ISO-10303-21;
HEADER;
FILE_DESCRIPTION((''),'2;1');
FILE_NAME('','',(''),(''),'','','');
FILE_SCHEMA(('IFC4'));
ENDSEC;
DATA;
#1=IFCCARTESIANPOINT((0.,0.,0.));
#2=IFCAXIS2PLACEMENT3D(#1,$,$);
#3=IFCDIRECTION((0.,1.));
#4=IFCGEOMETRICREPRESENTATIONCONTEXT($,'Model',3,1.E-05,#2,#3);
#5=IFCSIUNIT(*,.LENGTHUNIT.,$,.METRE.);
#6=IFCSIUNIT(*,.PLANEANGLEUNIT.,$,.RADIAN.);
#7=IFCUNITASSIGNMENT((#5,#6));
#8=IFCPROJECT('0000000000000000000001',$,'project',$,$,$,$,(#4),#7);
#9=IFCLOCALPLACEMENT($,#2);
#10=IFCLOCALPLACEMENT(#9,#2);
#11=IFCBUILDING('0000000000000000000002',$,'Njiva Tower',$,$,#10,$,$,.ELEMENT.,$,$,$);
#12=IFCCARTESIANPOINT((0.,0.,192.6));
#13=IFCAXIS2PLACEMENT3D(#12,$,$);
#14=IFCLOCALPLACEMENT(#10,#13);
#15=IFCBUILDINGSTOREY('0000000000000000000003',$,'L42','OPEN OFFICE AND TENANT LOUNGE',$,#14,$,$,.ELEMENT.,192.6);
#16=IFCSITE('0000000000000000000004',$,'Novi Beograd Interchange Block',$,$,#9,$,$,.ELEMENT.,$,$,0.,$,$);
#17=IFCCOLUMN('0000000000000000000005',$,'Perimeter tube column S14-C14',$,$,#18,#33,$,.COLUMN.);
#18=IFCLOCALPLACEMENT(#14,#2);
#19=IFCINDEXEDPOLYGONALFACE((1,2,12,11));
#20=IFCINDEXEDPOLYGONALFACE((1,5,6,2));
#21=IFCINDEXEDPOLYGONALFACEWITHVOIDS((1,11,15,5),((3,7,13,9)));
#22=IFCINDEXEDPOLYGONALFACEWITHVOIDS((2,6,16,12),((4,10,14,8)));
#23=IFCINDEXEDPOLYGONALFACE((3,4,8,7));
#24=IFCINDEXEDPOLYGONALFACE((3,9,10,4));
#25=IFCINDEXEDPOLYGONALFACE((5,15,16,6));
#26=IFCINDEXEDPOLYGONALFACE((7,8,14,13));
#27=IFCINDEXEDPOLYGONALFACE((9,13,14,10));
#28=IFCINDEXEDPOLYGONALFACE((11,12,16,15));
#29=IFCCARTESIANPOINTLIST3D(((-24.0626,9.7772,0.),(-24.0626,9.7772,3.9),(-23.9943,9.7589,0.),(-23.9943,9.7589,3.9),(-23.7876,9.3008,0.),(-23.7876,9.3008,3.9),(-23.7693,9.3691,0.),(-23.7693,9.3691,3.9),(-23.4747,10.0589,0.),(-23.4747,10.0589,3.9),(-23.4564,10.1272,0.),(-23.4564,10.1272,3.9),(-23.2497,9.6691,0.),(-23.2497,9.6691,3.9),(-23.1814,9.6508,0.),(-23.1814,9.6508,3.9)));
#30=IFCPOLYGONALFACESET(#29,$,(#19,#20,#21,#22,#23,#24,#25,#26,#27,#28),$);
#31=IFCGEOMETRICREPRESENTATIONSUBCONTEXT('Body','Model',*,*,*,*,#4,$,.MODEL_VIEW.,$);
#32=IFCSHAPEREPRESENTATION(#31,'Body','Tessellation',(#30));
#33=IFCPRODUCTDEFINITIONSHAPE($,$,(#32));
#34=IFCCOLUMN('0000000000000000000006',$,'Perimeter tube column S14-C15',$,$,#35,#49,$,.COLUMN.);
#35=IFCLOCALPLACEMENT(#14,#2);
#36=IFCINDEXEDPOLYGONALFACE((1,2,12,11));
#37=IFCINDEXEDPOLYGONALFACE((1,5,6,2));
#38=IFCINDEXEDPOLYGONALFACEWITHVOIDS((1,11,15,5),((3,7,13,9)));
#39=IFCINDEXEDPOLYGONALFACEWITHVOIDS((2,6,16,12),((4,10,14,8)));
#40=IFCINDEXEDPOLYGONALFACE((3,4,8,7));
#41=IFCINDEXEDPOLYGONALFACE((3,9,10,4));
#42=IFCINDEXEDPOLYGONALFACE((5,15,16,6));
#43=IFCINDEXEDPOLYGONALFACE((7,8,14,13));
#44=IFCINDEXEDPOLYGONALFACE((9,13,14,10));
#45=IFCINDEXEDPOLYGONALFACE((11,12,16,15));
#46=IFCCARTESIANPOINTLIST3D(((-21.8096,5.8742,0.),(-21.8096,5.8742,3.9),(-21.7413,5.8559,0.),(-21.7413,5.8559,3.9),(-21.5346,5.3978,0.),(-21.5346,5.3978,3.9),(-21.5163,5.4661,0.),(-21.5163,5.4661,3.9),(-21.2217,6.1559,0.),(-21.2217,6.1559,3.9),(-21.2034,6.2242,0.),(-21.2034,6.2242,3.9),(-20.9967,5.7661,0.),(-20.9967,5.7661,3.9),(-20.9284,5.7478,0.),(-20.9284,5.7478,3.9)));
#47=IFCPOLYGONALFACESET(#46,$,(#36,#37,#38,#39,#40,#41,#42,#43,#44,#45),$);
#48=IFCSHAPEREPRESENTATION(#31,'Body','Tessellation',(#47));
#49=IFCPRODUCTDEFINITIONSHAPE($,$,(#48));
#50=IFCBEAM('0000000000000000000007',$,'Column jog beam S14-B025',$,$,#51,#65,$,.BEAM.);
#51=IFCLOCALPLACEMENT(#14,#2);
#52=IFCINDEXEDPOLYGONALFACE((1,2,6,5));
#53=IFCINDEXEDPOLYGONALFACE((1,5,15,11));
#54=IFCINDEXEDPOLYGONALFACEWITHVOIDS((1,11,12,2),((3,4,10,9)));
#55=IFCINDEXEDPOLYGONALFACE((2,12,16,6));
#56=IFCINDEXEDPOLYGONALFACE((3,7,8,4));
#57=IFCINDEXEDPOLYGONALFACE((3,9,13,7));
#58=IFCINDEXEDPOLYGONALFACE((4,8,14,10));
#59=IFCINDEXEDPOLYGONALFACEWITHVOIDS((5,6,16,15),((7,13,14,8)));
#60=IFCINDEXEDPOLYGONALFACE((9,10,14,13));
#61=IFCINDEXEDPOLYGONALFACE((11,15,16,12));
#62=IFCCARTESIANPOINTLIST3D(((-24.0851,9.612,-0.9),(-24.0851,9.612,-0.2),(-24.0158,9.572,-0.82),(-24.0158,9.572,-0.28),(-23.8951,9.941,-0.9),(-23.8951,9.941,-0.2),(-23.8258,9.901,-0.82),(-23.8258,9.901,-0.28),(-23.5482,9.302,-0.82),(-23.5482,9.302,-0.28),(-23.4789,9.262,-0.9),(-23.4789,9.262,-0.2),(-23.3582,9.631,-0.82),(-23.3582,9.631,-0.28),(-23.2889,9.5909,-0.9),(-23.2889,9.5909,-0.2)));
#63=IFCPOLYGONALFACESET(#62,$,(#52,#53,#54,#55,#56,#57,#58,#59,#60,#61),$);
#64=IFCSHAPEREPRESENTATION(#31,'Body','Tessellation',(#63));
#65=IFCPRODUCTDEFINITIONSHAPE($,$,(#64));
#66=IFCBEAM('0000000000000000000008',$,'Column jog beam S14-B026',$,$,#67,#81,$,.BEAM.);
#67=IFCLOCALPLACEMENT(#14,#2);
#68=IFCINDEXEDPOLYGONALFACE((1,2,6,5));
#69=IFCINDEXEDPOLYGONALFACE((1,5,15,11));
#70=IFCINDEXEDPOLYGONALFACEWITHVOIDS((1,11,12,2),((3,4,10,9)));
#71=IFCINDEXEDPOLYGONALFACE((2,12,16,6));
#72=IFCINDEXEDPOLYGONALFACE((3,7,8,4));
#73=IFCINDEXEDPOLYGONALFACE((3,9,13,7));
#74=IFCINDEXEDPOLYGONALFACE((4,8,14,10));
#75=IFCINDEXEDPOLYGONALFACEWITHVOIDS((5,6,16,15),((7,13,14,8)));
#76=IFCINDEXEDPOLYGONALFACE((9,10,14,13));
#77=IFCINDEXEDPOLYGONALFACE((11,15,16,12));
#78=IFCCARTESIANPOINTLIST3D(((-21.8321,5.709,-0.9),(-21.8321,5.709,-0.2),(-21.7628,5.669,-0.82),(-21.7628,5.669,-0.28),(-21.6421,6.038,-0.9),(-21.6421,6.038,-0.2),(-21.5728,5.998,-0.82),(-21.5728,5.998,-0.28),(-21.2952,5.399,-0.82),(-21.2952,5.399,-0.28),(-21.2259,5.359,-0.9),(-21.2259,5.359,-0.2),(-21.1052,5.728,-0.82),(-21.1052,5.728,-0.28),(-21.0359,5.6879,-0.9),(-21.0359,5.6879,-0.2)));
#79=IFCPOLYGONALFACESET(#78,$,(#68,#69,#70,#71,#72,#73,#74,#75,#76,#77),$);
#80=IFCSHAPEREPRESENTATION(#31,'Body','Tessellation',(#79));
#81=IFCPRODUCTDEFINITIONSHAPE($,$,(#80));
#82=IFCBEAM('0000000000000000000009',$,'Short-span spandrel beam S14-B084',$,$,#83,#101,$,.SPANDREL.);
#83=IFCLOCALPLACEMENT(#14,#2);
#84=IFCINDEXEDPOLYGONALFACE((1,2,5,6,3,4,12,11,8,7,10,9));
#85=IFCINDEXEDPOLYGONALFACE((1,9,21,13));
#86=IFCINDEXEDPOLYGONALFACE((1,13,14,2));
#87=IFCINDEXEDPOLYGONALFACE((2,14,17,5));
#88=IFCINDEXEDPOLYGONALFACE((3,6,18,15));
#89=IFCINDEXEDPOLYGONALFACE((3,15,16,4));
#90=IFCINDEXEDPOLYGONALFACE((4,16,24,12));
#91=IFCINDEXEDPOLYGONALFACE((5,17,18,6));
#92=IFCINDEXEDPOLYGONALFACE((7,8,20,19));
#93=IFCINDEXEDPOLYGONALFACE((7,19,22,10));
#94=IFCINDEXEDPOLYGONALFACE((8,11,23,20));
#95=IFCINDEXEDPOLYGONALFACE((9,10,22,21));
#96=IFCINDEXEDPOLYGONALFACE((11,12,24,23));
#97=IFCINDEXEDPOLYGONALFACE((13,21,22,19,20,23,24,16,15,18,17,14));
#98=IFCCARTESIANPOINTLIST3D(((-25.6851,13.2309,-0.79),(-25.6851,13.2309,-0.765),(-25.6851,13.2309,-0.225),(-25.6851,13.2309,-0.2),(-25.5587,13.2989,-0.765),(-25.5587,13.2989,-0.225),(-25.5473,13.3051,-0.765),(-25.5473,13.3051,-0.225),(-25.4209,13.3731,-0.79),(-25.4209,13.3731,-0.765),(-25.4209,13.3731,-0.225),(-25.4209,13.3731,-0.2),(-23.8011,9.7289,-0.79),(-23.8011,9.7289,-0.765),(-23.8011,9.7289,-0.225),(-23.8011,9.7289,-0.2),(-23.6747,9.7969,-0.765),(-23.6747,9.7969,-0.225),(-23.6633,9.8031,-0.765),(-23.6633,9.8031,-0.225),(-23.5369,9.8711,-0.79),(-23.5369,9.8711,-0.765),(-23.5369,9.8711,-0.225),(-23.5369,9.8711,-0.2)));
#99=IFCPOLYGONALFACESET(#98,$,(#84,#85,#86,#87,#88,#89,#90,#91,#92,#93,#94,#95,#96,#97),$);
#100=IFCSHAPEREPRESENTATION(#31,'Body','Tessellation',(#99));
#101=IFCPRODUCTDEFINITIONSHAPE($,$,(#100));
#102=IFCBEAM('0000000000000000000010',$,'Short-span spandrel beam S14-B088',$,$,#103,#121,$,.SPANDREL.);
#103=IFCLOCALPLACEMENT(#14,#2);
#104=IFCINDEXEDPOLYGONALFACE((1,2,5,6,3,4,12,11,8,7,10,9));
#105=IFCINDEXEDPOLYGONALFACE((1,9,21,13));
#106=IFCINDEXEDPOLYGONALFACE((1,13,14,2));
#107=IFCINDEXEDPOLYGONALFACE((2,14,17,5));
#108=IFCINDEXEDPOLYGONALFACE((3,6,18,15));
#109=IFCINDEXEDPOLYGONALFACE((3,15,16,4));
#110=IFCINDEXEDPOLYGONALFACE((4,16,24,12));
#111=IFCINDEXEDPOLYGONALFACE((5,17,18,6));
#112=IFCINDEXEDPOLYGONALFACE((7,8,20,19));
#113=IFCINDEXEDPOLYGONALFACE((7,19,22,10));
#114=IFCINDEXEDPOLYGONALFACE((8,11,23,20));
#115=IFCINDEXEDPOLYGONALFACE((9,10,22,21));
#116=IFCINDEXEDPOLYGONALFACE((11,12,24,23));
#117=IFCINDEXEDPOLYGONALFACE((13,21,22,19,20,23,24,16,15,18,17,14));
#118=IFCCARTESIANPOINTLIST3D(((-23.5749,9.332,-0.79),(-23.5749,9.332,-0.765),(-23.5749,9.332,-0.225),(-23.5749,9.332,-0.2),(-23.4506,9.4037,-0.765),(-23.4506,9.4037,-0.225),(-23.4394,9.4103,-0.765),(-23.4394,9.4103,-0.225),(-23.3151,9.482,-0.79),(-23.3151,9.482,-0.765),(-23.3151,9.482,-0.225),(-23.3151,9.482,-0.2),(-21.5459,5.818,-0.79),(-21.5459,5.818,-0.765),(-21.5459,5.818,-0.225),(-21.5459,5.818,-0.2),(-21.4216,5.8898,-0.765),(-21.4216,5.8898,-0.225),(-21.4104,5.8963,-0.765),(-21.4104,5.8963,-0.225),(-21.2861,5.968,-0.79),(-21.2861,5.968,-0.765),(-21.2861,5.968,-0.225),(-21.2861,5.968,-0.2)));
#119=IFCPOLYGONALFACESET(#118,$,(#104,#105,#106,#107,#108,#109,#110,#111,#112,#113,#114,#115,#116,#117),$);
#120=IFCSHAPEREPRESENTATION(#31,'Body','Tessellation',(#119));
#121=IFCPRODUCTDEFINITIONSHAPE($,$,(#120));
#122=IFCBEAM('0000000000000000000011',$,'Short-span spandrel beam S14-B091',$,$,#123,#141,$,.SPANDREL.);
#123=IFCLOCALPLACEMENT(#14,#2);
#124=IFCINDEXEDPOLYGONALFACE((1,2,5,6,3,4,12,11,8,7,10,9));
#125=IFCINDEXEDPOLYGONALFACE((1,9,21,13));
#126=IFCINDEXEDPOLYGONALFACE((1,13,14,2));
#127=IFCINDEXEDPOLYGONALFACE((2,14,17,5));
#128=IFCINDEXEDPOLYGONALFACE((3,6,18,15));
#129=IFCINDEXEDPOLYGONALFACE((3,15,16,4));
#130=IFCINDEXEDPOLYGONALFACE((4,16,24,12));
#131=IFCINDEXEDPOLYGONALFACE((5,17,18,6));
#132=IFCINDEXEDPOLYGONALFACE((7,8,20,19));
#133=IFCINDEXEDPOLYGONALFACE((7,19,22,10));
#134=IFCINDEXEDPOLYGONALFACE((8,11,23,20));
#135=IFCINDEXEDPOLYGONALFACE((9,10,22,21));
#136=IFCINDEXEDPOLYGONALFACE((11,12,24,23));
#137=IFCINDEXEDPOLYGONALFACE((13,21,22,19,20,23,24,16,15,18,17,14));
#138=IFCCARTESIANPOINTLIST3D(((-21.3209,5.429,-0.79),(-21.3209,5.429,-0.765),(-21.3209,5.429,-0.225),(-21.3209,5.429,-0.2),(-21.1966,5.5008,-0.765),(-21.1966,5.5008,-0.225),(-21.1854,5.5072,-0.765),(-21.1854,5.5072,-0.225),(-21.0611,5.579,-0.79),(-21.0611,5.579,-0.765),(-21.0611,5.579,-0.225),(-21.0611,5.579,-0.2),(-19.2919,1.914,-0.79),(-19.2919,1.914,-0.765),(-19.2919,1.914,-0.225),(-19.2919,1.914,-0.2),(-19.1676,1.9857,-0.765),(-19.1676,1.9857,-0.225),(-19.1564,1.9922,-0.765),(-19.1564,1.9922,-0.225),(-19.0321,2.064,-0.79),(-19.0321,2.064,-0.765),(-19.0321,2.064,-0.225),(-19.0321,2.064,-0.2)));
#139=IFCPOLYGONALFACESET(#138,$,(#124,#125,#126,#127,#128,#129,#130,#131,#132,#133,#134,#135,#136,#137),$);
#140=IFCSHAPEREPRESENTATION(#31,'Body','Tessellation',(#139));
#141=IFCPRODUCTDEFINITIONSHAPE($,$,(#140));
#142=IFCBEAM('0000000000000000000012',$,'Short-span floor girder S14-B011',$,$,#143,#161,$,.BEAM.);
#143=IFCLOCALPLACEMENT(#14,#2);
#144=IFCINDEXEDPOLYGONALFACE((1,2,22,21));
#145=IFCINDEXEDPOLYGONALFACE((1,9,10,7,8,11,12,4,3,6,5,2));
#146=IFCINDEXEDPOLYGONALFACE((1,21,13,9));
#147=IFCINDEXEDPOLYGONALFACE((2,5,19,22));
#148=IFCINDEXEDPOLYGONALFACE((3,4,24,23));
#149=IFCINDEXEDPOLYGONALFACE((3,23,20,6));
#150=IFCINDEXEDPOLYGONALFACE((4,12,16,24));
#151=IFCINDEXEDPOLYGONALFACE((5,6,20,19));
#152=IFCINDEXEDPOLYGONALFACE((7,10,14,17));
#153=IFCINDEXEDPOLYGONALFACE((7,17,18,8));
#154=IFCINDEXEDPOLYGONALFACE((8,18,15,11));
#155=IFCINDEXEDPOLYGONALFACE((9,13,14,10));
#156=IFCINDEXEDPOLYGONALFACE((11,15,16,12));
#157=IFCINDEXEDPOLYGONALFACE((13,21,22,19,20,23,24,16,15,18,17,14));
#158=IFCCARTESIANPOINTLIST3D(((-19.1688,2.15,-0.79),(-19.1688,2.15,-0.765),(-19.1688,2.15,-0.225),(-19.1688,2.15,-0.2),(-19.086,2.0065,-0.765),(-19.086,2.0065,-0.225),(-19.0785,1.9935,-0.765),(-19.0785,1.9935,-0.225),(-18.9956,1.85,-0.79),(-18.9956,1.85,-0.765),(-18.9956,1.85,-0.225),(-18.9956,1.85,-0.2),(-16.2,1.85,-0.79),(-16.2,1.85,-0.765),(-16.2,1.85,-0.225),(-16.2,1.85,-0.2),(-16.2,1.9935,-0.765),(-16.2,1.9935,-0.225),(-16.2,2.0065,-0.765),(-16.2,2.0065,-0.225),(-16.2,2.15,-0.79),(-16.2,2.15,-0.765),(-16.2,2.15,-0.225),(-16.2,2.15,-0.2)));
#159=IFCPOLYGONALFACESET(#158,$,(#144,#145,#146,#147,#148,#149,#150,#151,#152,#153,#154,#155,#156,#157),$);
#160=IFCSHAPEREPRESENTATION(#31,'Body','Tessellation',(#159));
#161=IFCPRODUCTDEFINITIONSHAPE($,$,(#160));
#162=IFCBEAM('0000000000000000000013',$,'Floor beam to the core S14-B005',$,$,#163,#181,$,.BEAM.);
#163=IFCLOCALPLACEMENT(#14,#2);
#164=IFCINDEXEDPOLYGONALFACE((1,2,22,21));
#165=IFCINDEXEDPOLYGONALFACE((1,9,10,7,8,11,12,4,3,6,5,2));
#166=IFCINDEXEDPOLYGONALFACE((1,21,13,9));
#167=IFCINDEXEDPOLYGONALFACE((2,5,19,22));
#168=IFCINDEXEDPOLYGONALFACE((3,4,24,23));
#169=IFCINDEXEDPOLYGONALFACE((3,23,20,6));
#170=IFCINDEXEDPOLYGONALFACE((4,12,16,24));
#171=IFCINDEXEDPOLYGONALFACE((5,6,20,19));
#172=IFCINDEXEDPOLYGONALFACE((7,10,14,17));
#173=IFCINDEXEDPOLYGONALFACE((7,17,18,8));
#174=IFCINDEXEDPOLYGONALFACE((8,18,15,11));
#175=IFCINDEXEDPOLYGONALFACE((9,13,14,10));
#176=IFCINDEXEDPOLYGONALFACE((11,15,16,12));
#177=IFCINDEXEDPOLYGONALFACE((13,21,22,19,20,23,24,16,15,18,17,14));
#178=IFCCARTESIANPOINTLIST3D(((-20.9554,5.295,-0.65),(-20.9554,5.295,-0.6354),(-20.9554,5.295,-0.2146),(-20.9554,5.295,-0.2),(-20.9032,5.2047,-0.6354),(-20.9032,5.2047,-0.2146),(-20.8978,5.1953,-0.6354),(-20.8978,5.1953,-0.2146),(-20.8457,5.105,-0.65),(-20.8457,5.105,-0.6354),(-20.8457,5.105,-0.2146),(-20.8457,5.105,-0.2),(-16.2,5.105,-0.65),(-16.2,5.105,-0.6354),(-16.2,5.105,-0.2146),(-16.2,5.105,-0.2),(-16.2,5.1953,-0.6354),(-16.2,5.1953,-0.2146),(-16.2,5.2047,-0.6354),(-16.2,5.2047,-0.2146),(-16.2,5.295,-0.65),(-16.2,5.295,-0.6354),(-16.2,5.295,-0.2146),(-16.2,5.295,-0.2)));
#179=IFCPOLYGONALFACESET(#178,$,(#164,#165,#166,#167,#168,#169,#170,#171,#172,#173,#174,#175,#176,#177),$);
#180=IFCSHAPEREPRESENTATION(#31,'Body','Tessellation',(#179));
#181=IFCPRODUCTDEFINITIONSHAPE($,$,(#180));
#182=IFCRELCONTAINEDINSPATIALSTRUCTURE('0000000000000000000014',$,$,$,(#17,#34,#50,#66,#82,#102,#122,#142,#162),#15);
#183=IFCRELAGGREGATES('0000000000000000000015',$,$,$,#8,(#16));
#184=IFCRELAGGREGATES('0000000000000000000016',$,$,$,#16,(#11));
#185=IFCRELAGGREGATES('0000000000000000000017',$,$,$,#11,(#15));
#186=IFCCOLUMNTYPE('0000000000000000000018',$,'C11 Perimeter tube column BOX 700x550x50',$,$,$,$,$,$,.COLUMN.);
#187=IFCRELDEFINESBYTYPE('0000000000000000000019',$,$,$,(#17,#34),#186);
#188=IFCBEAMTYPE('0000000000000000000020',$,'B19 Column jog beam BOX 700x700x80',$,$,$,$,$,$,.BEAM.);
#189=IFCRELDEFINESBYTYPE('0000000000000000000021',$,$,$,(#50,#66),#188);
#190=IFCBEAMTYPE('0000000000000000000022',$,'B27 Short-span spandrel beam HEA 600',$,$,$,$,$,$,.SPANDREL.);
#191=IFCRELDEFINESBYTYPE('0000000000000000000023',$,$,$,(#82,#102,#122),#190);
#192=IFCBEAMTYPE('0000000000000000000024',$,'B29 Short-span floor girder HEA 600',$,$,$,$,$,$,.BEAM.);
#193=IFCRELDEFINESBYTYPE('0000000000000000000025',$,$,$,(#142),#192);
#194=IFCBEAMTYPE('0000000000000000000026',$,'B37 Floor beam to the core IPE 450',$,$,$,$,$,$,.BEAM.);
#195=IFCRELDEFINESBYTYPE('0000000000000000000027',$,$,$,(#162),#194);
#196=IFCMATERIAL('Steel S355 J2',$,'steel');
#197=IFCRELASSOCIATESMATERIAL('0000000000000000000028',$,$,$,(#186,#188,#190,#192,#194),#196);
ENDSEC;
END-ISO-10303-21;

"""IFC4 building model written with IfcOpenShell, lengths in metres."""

from ifc_helpers import new_model, si_unit, direction, frame, origin, origin_2d, place, context, subcontext, project, spatial, hollow_rectangle, i_section, extrude, clip, halfspace, material, material_profile, profile_set, type_object, element, save


model = new_model("IFC4")

# Units and contexts
model_context = context("Model", 3, precision=1e-05, world=origin(), true_north=direction((0.0, 1.0)))
body_context = subcontext(model_context, "Body", "Model", "MODEL_VIEW")
ifc_project = project(units=[si_unit("LENGTHUNIT", "METRE"), si_unit("PLANEANGLEUNIT", "RADIAN")], contexts=[model_context])

# Site, building, storey
site_placement = place(None, origin())
site = spatial("IfcSite", under=ifc_project, at=site_placement, Name="Novi Beograd Interchange Block", CompositionType="ELEMENT", RefElevation=0.0)
building_placement = place(site_placement, origin())
building = spatial("IfcBuilding", under=site, at=building_placement, Name="Njiva Tower", CompositionType="ELEMENT")
storey_placement = place(building_placement, frame((0.0, 0.0, 192.6)))
storey = spatial("IfcBuildingStorey", under=building, at=storey_placement, Name="L42", Description="OPEN OFFICE AND TENANT LOUNGE", CompositionType="ELEMENT", Elevation=192.6)

# Columns
ifc_material_1 = material(Name="Steel S355 J2", Category="steel")
ifc_material_profile_1 = material_profile(ifc_material_1, hollow_rectangle(XDim=0.55, YDim=0.7, WallThickness=0.05, at=origin_2d()), Name="BOX 700x550x50")
ifc_profile_set_1 = profile_set([ifc_material_profile_1], Name="Steel S355 J2")
column_type = type_object("IfcColumnType", Name="C11 Perimeter tube column BOX 700x550x50", PredefinedType="COLUMN", material=ifc_profile_set_1)
for number, where, z_axis, x_axis, name in (
    (1, (-23.622, 9.714, 0.0), (0.0, 0.0, 1.0), (0.5, -0.866025, 0.0), "Perimeter tube column S14-C14"),
    (2, (-21.369, 5.811, 0.0), (0.0, 0.0, 1.0), (0.5, -0.866025, 0.0), "Perimeter tube column S14-C15"),
):
    element("IfcColumn", number, at=place(storey_placement, frame(where, z_axis=z_axis, x_axis=x_axis)), inside=storey, type_object=column_type, Name=name, PredefinedType="COLUMN", context=body_context, shape_type="SweptSolid", body=[
        extrude(hollow_rectangle(XDim=0.55, YDim=0.7, WallThickness=0.05, at=origin_2d()), origin(), (0.0, 0.0, 1.0), 3.9),
    ])

# Beams
ifc_material_profile_2 = material_profile(ifc_material_1, hollow_rectangle(XDim=0.7, YDim=0.7, WallThickness=0.08, at=origin_2d()), Name="BOX 700x700x80")
ifc_profile_set_2 = profile_set([ifc_material_profile_2], Name="Steel S355 J2")
beam_type_1 = type_object("IfcBeamType", Name="B19 Column jog beam BOX 700x700x80", PredefinedType="BEAM", material=ifc_profile_set_2)
for number, where, z_axis, x_axis, name in (
    (3, (-23.782, 9.437, -0.55), (0.500102, 0.865966, 0.0), (-0.865966, 0.500102, 0.0), "Column jog beam S14-B025"),
    (4, (-21.529, 5.534, -0.55), (0.500102, 0.865966, 0.0), (-0.865966, 0.500102, 0.0), "Column jog beam S14-B026"),
):
    element("IfcBeam", number, at=place(storey_placement, frame(where, z_axis=z_axis, x_axis=x_axis)), inside=storey, type_object=beam_type_1, Name=name, PredefinedType="BEAM", context=body_context, shape_type="SweptSolid", body=[
        extrude(hollow_rectangle(XDim=0.7, YDim=0.7, WallThickness=0.08, at=origin_2d()), origin(), (0.0, 0.0, 1.0), 0.3799),
    ])
ifc_material_profile_3 = material_profile(ifc_material_1, i_section(OverallWidth=0.3, OverallDepth=0.59, WebThickness=0.013, FlangeThickness=0.025, at=origin_2d()), Name="HEA 600")
ifc_profile_set_3 = profile_set([ifc_material_profile_3], Name="Steel S355 J2")
beam_type_2 = type_object("IfcBeamType", Name="B27 Short-span spandrel beam HEA 600", PredefinedType="SPANDREL", material=ifc_profile_set_3)
beam_1_placement = place(storey_placement, frame((-25.553, 13.302, -0.495), z_axis=(0.47377, -0.880649, 0.0), x_axis=(0.880649, 0.47377, 0.0)))
element("IfcBeam", 5, at=beam_1_placement, inside=storey, type_object=beam_type_2, Name="Short-span spandrel beam S14-B084", PredefinedType="SPANDREL", context=body_context, shape_type="SweptSolid", body=[
    extrude(i_section(OverallWidth=0.3, OverallDepth=0.59, WebThickness=0.013, FlangeThickness=0.025, at=origin_2d()), origin(), (0.0, 0.0, 1.0), 3.9766),
])
beam_2_placement = place(storey_placement, frame((-23.445, 9.407, -0.495), z_axis=(0.500035, -0.866005, 0.0), x_axis=(0.866005, 0.500035, 0.0)))
element("IfcBeam", 6, at=beam_2_placement, inside=storey, type_object=beam_type_2, Name="Short-span spandrel beam S14-B088", PredefinedType="SPANDREL", context=body_context, shape_type="SweptSolid", body=[
    extrude(i_section(OverallWidth=0.3, OverallDepth=0.59, WebThickness=0.013, FlangeThickness=0.025, at=origin_2d()), origin(), (0.0, 0.0, 1.0), 4.0577),
])
beam_3_placement = place(storey_placement, frame((-21.191, 5.504, -0.495), z_axis=(0.499929, -0.866067, 0.0), x_axis=(0.866067, 0.499929, 0.0)))
element("IfcBeam", 7, at=beam_3_placement, inside=storey, type_object=beam_type_2, Name="Short-span spandrel beam S14-B091", PredefinedType="SPANDREL", context=body_context, shape_type="SweptSolid", body=[
    extrude(i_section(OverallWidth=0.3, OverallDepth=0.59, WebThickness=0.013, FlangeThickness=0.025, at=origin_2d()), origin(), (0.0, 0.0, 1.0), 4.0586),
])
ifc_material_profile_4 = material_profile(ifc_material_1, i_section(OverallWidth=0.3, OverallDepth=0.59, WebThickness=0.013, FlangeThickness=0.025, at=origin_2d()), Name="HEA 600")
ifc_profile_set_4 = profile_set([ifc_material_profile_4], Name="Steel S355 J2")
beam_type_3 = type_object("IfcBeamType", Name="B29 Short-span floor girder HEA 600", PredefinedType="BEAM", material=ifc_profile_set_4)
beam_4_placement = place(storey_placement, frame((-19.189, 2.0, -0.495), z_axis=(1.0, 0.0, 0.0), x_axis=(0.0, 1.0, 0.0)))
element("IfcBeam", 8, at=beam_4_placement, inside=storey, type_object=beam_type_3, Name="Short-span floor girder S14-B011", PredefinedType="BEAM", context=body_context, shape_type="Clipping", body=[
    clip(extrude(i_section(OverallWidth=0.3, OverallDepth=0.59, WebThickness=0.013, FlangeThickness=0.025, at=origin_2d()), origin(), (0.0, 0.0, 1.0), 2.989), halfspace(frame((-0.025, 0.0, 0.1212), z_axis=(-0.499998, 0.0, -0.866027), x_axis=(0.0, -1.0, 0.0)), False)),
])
ifc_material_profile_5 = material_profile(ifc_material_1, i_section(OverallWidth=0.19, OverallDepth=0.45, WebThickness=0.0094, FlangeThickness=0.0146, at=origin_2d()), Name="IPE 450")
ifc_profile_set_5 = profile_set([ifc_material_profile_5], Name="Steel S355 J2")
beam_type_4 = type_object("IfcBeamType", Name="B37 Floor beam to the core IPE 450", PredefinedType="BEAM", material=ifc_profile_set_5)
beam_5_placement = place(storey_placement, frame((-20.976, 5.2, -0.425), z_axis=(1.0, 0.0, 0.0), x_axis=(0.0, 1.0, 0.0)))
element("IfcBeam", 9, at=beam_5_placement, inside=storey, type_object=beam_type_4, Name="Floor beam to the core S14-B005", PredefinedType="BEAM", context=body_context, shape_type="Clipping", body=[
    clip(extrude(i_section(OverallWidth=0.19, OverallDepth=0.45, WebThickness=0.0094, FlangeThickness=0.0146, at=origin_2d()), origin(), (0.0, 0.0, 1.0), 4.776), halfspace(frame((-0.025, 0.0, 0.0899), z_axis=(-0.499998, 0.0, -0.866027), x_axis=(0.0, -1.0, 0.0)), False)),
])

save(model, "model.ifc")
